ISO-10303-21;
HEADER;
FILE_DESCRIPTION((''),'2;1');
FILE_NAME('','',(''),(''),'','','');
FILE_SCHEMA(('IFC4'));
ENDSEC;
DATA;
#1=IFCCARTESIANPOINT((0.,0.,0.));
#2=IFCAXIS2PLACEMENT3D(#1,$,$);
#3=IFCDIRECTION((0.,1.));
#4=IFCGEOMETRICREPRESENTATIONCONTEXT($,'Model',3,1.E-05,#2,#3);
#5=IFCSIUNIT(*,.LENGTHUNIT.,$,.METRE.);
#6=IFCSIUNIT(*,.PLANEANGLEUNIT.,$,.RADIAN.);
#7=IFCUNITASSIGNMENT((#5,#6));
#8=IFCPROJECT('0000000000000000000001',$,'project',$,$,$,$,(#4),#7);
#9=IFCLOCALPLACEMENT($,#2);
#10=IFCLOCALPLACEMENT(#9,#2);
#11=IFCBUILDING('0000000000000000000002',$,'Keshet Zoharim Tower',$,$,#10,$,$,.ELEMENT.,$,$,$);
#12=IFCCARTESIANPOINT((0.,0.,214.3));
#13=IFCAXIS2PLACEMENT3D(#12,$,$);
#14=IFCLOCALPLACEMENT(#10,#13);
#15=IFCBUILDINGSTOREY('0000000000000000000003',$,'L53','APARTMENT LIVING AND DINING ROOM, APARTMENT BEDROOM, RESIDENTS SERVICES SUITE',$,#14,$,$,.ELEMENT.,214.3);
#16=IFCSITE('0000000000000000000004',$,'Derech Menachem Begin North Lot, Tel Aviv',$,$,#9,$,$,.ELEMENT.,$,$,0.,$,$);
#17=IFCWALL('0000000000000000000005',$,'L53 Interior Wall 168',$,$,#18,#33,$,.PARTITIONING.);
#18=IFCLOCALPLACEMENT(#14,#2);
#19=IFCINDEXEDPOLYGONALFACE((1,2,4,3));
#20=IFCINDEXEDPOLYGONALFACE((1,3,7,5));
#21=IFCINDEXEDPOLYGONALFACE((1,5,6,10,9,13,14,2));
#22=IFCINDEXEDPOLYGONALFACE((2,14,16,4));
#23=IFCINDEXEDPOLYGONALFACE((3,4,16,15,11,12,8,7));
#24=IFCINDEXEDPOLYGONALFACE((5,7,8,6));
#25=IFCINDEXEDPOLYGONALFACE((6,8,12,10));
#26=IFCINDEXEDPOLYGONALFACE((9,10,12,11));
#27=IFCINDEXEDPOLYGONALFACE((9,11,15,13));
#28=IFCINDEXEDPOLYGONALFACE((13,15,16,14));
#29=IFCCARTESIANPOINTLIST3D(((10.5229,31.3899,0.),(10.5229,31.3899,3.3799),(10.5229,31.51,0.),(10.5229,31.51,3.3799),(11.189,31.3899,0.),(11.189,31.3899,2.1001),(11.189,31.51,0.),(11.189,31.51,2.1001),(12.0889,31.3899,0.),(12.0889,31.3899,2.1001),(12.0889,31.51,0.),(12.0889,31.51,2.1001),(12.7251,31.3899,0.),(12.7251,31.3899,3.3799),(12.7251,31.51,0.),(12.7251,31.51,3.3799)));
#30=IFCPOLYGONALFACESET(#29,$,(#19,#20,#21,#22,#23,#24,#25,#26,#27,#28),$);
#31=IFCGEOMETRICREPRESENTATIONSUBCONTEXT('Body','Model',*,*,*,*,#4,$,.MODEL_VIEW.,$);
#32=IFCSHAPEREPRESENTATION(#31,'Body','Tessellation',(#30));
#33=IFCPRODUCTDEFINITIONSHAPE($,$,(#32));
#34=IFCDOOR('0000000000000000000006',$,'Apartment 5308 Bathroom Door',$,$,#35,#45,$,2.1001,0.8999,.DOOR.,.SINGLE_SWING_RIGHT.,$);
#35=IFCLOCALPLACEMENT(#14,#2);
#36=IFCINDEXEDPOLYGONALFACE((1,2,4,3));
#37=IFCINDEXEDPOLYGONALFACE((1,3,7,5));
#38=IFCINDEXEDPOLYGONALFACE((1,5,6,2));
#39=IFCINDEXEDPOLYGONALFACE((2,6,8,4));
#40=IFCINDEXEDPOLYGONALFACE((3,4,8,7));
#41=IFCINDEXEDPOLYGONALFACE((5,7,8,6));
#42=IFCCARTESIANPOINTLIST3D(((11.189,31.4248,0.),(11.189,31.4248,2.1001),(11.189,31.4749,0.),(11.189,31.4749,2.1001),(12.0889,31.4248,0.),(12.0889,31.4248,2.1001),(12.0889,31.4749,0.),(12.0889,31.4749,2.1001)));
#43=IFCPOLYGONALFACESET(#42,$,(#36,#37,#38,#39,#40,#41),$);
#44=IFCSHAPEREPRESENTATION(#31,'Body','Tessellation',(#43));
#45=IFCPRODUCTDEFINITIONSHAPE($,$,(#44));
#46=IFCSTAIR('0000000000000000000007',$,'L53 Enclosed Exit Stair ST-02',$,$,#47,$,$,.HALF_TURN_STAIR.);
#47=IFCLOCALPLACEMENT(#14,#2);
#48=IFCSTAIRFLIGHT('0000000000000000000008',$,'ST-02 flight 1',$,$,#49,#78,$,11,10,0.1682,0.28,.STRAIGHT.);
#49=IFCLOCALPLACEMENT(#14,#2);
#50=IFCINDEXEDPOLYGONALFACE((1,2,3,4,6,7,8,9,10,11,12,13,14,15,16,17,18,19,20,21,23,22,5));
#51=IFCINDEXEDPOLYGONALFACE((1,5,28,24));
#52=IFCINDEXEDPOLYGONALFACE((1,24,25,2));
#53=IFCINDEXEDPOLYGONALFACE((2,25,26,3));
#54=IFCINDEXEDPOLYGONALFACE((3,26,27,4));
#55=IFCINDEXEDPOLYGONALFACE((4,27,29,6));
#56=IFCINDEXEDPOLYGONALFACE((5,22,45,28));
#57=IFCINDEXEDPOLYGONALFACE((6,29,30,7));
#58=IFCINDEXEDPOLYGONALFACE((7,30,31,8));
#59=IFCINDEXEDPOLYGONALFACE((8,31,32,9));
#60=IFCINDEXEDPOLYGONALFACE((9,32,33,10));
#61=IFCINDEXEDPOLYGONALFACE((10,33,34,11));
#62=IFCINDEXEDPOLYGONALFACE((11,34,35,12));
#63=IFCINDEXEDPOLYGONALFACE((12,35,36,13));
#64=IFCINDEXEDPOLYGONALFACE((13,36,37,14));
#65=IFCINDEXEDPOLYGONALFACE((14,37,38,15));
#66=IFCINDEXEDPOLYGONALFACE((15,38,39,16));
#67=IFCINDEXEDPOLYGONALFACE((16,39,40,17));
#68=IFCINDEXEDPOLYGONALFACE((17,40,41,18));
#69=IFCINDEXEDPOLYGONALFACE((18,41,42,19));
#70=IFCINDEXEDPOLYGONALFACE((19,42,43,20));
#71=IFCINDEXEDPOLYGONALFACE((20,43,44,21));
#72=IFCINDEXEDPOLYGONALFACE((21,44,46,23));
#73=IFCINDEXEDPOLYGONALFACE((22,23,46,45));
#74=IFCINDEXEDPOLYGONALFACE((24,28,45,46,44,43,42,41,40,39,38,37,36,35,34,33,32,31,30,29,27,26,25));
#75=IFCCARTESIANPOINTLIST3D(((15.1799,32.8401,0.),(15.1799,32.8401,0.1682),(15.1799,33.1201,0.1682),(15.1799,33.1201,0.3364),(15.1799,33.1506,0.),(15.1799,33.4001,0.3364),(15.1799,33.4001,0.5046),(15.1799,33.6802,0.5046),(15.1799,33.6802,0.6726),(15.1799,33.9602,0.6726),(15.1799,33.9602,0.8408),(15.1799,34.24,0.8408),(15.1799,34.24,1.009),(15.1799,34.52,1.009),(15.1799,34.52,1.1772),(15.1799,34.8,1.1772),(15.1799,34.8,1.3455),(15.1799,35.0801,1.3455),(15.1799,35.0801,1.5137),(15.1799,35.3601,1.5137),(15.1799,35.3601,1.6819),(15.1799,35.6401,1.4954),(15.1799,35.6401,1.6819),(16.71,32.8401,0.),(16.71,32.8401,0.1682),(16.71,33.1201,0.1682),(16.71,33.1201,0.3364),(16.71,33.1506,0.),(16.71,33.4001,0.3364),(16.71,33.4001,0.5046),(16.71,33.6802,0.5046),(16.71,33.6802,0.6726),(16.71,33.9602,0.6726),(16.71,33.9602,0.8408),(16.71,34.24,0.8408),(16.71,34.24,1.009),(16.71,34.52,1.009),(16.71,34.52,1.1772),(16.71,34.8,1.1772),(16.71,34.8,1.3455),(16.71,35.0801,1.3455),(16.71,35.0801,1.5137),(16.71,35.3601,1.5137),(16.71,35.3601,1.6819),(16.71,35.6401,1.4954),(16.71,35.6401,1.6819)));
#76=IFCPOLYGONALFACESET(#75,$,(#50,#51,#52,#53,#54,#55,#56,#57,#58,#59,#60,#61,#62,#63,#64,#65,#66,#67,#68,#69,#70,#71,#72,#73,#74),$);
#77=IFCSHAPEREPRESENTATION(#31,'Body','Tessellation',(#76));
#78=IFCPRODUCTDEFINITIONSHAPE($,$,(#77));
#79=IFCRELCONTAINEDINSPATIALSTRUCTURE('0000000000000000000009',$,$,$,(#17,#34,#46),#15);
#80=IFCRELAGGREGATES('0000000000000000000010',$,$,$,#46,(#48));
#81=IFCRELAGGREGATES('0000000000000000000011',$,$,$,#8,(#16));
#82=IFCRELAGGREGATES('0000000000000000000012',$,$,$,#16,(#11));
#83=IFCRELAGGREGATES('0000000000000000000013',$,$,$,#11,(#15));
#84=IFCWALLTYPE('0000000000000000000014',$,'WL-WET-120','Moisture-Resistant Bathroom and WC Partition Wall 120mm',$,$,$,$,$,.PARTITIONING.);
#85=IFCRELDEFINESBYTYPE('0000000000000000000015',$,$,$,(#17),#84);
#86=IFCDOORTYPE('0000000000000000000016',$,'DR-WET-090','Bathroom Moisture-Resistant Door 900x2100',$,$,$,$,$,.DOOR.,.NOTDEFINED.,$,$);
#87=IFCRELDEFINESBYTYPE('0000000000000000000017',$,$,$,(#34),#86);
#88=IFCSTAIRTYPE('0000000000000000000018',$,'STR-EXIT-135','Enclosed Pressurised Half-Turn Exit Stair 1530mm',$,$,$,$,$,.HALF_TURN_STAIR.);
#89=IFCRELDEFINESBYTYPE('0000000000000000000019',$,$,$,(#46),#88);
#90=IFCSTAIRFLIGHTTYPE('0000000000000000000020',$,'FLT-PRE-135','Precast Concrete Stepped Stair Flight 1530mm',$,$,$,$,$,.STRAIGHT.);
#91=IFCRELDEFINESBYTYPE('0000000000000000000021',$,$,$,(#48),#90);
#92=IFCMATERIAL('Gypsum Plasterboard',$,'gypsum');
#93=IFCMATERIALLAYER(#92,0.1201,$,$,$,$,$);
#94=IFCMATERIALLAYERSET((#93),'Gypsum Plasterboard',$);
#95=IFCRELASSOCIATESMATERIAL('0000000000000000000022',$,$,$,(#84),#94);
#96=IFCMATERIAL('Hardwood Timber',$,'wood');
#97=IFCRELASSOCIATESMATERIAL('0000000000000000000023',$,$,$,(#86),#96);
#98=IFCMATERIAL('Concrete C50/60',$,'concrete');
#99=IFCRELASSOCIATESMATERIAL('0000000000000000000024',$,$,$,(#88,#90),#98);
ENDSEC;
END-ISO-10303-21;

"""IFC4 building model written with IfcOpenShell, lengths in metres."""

from ifc_helpers import new_model, si_unit, direction, frame, frame_2d, origin, place, context, subcontext, project, spatial, polyline, rectangle, outline, extrude, material, layer, layer_set, type_object, element, fill, aggregate, save


model = new_model("IFC4")

# Units and contexts
model_context = context("Model", 3, precision=1e-05, world=origin(), true_north=direction((0.0, 1.0)))
body_context = subcontext(model_context, "Body", "Model", "MODEL_VIEW")
ifc_project = project(units=[si_unit("LENGTHUNIT", "METRE"), si_unit("PLANEANGLEUNIT", "RADIAN")], contexts=[model_context])

# Site, building, storey
site_placement = place(None, origin())
site = spatial("IfcSite", under=ifc_project, at=site_placement, Name="Derech Menachem Begin North Lot, Tel Aviv", CompositionType="ELEMENT", RefElevation=0.0)
building_placement = place(site_placement, origin())
building = spatial("IfcBuilding", under=site, at=building_placement, Name="Keshet Zoharim Tower", CompositionType="ELEMENT")
storey_placement = place(building_placement, frame((0.0, 0.0, 214.3)))
storey = spatial("IfcBuildingStorey", under=building, at=storey_placement, Name="L53", Description="APARTMENT LIVING AND DINING ROOM, APARTMENT BEDROOM, RESIDENTS SERVICES SUITE", CompositionType="ELEMENT", Elevation=214.3)

# Shared definitions
ifc_material_1 = material(Name="Hardwood Timber", Category="wood")

# Shared definitions
ifc_material_2 = material(Name="Gypsum Plasterboard", Category="gypsum")

# Shared definitions
ifc_layer_1 = layer(ifc_material_2, 0.1201)
ifc_layer_set_1 = layer_set([ifc_layer_1], Name="Gypsum Plasterboard")
wall_type_1 = type_object("IfcWallType", Name="WL-WET-120", Description="Moisture-Resistant Bathroom and WC Partition Wall 120mm", PredefinedType="PARTITIONING", material=ifc_layer_set_1)

# Wall, opening, door
wall_1_placement = place(storey_placement, frame((10.5229, 31.45, 0.0), z_axis=(0.0, 0.0, 1.0), x_axis=(1.0, 0.0, 0.0)))
wall_1 = element("IfcWall", 1, at=wall_1_placement, inside=storey, type_object=wall_type_1, Name="L53 Interior Wall 168", PredefinedType="PARTITIONING", context=body_context, shape_type="SweptSolid", body=[
    extrude(rectangle(XDim=2.2021, YDim=0.1201, at=frame_2d((1.1011, 0.0))), origin(), (0.0, 0.0, 1.0), 3.3799),
])
opening_1_placement = place(wall_1_placement, frame((0.666, 0.0, 0.0)))
opening_1 = element("IfcOpeningElement", 2, at=opening_1_placement, cuts=wall_1, PredefinedType="OPENING", context=body_context, shape_type="SweptSolid", body=[
    extrude(rectangle(XDim=0.8999, YDim=2.1001, at=frame_2d((0.45, 1.05))), frame((0.0, 0.0701, 0.0), z_axis=(0.0, -1.0, 0.0), x_axis=(1.0, 0.0, 0.0)), (0.0, 0.0, 1.0), 0.1401),
])
door_type_1 = type_object("IfcDoorType", Name="DR-WET-090", Description="Bathroom Moisture-Resistant Door 900x2100", OperationType="NOTDEFINED", PredefinedType="DOOR", material=ifc_material_1)
door_1_placement = place(opening_1_placement, origin())
door_1 = element("IfcDoor", 3, at=door_1_placement, inside=storey, type_object=door_type_1, Name="Apartment 5308 Bathroom Door", OperationType="SINGLE_SWING_RIGHT", OverallHeight=2.1001, OverallWidth=0.8999, PredefinedType="DOOR", context=body_context, shape_type="SweptSolid", body=[
    extrude(rectangle(XDim=0.8999, YDim=2.1001, at=frame_2d((0.45, 1.05))), frame((0.0, 0.0249, 0.0), z_axis=(0.0, -1.0, 0.0), x_axis=(1.0, 0.0, 0.0)), (0.0, 0.0, 1.0), 0.05),
])
fill(opening_1, door_1)

# Stair, stair flight
ifc_material_3 = material(Name="Concrete C50/60", Category="concrete")
stair_type = type_object("IfcStairType", Name="STR-EXIT-135", Description="Enclosed Pressurised Half-Turn Exit Stair 1530mm", PredefinedType="HALF_TURN_STAIR", material=ifc_material_3)
stair_placement = place(storey_placement, origin())
stair = element("IfcStair", 4, at=stair_placement, inside=storey, type_object=stair_type, Name="L53 Enclosed Exit Stair ST-02", PredefinedType="HALF_TURN_STAIR")
stair_flight_type = type_object("IfcStairFlightType", Name="FLT-PRE-135", Description="Precast Concrete Stepped Stair Flight 1530mm", PredefinedType="STRAIGHT", material=ifc_material_3)
stair_flight_placement = place(storey_placement, frame((15.9451, 32.8401, 0.0), z_axis=(0.0, 0.0, 1.0), x_axis=(0.0, 1.0, 0.0)))
stair_flight = element("IfcStairFlight", 5, at=stair_flight_placement, type_object=stair_flight_type, Name="ST-02 flight 1", NumberOfRisers=11, NumberOfTreads=10, PredefinedType="STRAIGHT", RiserHeight=0.1682, TreadLength=0.28, context=body_context, shape_type="SweptSolid", body=[
    extrude(outline(polyline([(0.0, 0.0), (0.0, 0.1682), (0.28, 0.1682), (0.28, 0.3364), (0.5601, 0.3364), (0.5601, 0.5046), (0.8401, 0.5046), (0.8401, 0.6726), (1.1201, 0.6726), (1.1201, 0.8408), (1.3999, 0.8408), (1.3999, 1.009), (1.6799, 1.009), (1.6799, 1.1772), (1.96, 1.1772), (1.96, 1.3455), (2.24, 1.3455), (2.24, 1.5137), (2.52, 1.5137), (2.52, 1.6819), (2.8, 1.6819), (2.8, 1.8501), (2.8, 1.4954), (0.3105, 0.0), (0.0, 0.0)])), frame((0.0, 0.7651, 0.0), z_axis=(0.0, -1.0, 0.0), x_axis=(1.0, 0.0, 0.0)), (0.0, 0.0, 1.0), 1.53),
])
aggregate(stair, [stair_flight])

save(model, "model.ifc")
